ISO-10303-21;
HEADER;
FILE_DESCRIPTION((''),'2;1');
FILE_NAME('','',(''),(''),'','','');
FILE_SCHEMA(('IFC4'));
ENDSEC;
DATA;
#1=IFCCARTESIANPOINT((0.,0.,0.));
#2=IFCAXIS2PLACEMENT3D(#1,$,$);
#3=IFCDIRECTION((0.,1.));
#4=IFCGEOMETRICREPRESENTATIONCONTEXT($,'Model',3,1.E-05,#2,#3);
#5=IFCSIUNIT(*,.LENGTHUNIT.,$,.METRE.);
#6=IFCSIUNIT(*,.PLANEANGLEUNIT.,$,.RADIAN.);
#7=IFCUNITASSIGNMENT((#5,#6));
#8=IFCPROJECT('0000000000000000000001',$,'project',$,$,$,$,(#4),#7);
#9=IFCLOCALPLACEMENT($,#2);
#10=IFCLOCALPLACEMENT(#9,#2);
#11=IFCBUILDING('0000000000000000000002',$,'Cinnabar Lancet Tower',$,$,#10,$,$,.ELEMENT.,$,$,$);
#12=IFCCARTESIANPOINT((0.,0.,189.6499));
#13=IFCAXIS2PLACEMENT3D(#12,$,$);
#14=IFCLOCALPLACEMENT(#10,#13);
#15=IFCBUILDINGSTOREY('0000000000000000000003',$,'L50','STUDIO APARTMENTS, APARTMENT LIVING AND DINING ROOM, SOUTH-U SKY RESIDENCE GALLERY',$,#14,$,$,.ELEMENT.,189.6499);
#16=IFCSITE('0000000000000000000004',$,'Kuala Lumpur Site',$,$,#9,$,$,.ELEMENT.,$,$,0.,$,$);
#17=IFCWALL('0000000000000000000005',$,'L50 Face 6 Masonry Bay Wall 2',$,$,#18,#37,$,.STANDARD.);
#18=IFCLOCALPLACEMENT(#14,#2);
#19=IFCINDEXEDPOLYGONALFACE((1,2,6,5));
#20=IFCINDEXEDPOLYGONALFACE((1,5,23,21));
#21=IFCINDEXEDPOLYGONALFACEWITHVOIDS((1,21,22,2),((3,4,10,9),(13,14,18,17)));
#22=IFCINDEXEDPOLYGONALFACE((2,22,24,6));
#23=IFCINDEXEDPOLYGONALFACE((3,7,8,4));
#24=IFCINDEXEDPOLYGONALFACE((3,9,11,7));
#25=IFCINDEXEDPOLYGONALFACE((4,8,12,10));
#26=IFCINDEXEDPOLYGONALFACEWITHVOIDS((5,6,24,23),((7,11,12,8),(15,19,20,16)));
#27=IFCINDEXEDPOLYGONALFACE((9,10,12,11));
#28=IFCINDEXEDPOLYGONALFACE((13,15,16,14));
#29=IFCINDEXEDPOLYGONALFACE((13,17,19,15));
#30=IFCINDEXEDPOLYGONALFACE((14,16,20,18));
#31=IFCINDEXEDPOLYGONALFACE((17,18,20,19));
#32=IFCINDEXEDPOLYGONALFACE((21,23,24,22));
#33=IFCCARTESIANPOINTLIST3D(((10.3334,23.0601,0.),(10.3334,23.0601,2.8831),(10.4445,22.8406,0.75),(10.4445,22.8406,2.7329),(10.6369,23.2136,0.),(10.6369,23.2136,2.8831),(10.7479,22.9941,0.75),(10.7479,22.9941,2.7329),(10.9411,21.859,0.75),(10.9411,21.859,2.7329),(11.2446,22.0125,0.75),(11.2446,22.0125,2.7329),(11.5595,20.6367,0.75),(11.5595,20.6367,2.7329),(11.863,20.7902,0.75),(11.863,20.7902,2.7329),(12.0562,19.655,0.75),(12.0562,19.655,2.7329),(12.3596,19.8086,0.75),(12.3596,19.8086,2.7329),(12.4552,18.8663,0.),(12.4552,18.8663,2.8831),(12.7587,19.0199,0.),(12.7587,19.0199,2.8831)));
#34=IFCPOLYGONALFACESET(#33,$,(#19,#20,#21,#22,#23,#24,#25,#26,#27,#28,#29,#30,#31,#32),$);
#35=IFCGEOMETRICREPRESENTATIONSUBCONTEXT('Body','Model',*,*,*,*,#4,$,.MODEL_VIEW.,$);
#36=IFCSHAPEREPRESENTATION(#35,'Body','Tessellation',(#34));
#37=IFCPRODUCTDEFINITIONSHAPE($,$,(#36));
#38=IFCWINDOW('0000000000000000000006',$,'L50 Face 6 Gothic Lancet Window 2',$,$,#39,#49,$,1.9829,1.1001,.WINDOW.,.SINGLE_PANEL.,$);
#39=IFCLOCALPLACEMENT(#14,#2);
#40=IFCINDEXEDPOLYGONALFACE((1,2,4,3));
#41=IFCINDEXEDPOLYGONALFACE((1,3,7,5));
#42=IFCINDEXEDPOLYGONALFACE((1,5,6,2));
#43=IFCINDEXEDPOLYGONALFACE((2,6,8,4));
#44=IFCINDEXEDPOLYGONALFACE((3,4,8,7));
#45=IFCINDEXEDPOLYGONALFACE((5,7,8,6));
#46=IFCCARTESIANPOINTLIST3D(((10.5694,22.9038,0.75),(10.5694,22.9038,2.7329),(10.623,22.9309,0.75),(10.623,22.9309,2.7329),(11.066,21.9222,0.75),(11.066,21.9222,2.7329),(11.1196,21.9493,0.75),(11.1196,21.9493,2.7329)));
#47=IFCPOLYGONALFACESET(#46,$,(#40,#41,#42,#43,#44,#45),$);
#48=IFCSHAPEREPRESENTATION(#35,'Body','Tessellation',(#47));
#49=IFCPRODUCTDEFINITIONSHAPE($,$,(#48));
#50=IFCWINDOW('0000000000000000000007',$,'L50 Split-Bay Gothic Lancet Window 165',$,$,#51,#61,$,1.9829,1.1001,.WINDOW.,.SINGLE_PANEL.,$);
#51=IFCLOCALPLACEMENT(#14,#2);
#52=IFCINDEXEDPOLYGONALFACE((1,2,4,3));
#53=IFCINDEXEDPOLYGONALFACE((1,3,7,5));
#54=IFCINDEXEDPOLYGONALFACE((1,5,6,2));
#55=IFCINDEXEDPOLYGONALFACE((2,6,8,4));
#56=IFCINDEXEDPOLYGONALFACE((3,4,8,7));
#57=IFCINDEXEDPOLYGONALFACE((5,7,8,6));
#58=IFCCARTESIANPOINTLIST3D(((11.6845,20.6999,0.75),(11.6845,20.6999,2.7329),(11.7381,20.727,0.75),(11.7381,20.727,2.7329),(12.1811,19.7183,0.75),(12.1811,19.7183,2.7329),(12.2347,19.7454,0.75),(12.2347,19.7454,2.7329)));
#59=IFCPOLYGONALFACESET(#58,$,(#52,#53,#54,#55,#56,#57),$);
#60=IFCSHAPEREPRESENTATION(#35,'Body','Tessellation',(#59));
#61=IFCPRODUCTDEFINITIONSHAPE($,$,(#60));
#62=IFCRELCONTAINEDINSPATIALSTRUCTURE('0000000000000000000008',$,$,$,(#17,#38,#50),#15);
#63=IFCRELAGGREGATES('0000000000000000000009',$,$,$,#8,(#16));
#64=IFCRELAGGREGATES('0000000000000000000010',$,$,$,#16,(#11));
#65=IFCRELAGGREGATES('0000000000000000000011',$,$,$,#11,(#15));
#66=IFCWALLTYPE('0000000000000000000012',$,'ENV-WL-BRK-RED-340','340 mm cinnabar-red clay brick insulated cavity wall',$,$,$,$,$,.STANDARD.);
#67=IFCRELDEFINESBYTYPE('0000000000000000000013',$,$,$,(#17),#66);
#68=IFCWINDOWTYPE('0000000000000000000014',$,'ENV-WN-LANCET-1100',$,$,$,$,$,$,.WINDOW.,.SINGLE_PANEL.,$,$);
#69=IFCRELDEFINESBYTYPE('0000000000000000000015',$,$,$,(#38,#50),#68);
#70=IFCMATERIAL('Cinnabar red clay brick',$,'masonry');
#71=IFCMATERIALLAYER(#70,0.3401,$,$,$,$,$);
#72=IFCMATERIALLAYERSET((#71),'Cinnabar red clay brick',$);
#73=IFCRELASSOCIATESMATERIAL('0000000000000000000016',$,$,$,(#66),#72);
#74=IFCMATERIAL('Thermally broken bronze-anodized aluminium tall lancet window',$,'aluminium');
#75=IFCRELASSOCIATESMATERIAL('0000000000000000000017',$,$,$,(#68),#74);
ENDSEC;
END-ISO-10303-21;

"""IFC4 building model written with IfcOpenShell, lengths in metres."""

from ifc_helpers import new_model, si_unit, direction, frame, frame_2d, origin, place, context, subcontext, project, spatial, rectangle, extrude, material, layer, layer_set, type_object, element, fill, save


model = new_model("IFC4")

# Units and contexts
model_context = context("Model", 3, precision=1e-05, world=origin(), true_north=direction((0.0, 1.0)))
body_context = subcontext(model_context, "Body", "Model", "MODEL_VIEW")
ifc_project = project(units=[si_unit("LENGTHUNIT", "METRE"), si_unit("PLANEANGLEUNIT", "RADIAN")], contexts=[model_context])

# Site, building, storey
site_placement = place(None, origin())
site = spatial("IfcSite", under=ifc_project, at=site_placement, Name="Kuala Lumpur Site", CompositionType="ELEMENT", RefElevation=0.0)
building_placement = place(site_placement, origin())
building = spatial("IfcBuilding", under=site, at=building_placement, Name="Cinnabar Lancet Tower", CompositionType="ELEMENT")
storey_placement = place(building_placement, frame((0.0, 0.0, 189.6499)))
storey = spatial("IfcBuildingStorey", under=building, at=storey_placement, Name="L50", Description="STUDIO APARTMENTS, APARTMENT LIVING AND DINING ROOM, SOUTH-U SKY RESIDENCE GALLERY", CompositionType="ELEMENT", Elevation=189.6499)

# Shared definitions
ifc_material_1 = material(Name="Cinnabar red clay brick", Category="masonry")
ifc_layer_1 = layer(ifc_material_1, 0.3401)
ifc_layer_set_1 = layer_set([ifc_layer_1], Name="Cinnabar red clay brick")
wall_type_1 = type_object("IfcWallType", Name="ENV-WL-BRK-RED-340", Description="340 mm cinnabar-red clay brick insulated cavity wall", PredefinedType="STANDARD", material=ifc_layer_set_1)

# Wall, openings, windows
wall_1_placement = place(storey_placement, frame((10.4851, 23.137, 0.0), z_axis=(0.0, 0.0, 1.0), x_axis=(0.451447, -0.892298, 0.0)))
wall_1 = element("IfcWall", 1, at=wall_1_placement, inside=storey, type_object=wall_type_1, Name="L50 Face 6 Masonry Bay Wall 2", PredefinedType="STANDARD", context=body_context, shape_type="SweptSolid", body=[
    extrude(rectangle(XDim=4.7, YDim=0.3401, at=frame_2d((2.3501, 0.0))), origin(), (0.0, 0.0, 1.0), 2.8831),
])
opening_1_placement = place(wall_1_placement, frame((0.2461, 0.0, 0.75)))
opening_1 = element("IfcOpeningElement", 2, at=opening_1_placement, cuts=wall_1, PredefinedType="OPENING", context=body_context, shape_type="SweptSolid", body=[
    extrude(rectangle(XDim=1.1001, YDim=1.9829, at=frame_2d((0.55, 0.9915))), frame((0.0, 0.1799, 0.0), z_axis=(0.0, -1.0, 0.0), x_axis=(1.0, 0.0, 0.0)), (0.0, 0.0, 1.0), 0.3601),
])
opening_2_placement = place(wall_1_placement, frame((2.7161, 0.0, 0.75)))
opening_2 = element("IfcOpeningElement", 3, at=opening_2_placement, cuts=wall_1, PredefinedType="OPENING", context=body_context, shape_type="SweptSolid", body=[
    extrude(rectangle(XDim=1.1001, YDim=1.9829, at=frame_2d((0.55, 0.9915))), frame((0.0, 0.1799, 0.0), z_axis=(0.0, -1.0, 0.0), x_axis=(1.0, 0.0, 0.0)), (0.0, 0.0, 1.0), 0.3601),
])
ifc_material_2 = material(Name="Thermally broken bronze-anodized aluminium tall lancet window", Category="aluminium")
window_type = type_object("IfcWindowType", Name="ENV-WN-LANCET-1100", PartitioningType="SINGLE_PANEL", PredefinedType="WINDOW", material=ifc_material_2)
window_1_placement = place(opening_1_placement, origin())
window_1 = element("IfcWindow", 4, at=window_1_placement, inside=storey, type_object=window_type, Name="L50 Face 6 Gothic Lancet Window 2", OverallHeight=1.9829, OverallWidth=1.1001, PartitioningType="SINGLE_PANEL", PredefinedType="WINDOW", context=body_context, shape_type="SweptSolid", body=[
    extrude(rectangle(XDim=1.1001, YDim=1.9829, at=frame_2d((0.55, 0.9915))), frame((0.0, 0.03, 0.0), z_axis=(0.0, -1.0, 0.0), x_axis=(1.0, 0.0, 0.0)), (0.0, 0.0, 1.0), 0.0601),
])
fill(opening_1, window_1)
window_2_placement = place(opening_2_placement, origin())
window_2 = element("IfcWindow", 5, at=window_2_placement, inside=storey, type_object=window_type, Name="L50 Split-Bay Gothic Lancet Window 165", OverallHeight=1.9829, OverallWidth=1.1001, PartitioningType="SINGLE_PANEL", PredefinedType="WINDOW", context=body_context, shape_type="SweptSolid", body=[
    extrude(rectangle(XDim=1.1001, YDim=1.9829, at=frame_2d((0.55, 0.9915))), frame((0.0, 0.03, 0.0), z_axis=(0.0, -1.0, 0.0), x_axis=(1.0, 0.0, 0.0)), (0.0, 0.0, 1.0), 0.0601),
])
fill(opening_2, window_2)

save(model, "model.ifc")
